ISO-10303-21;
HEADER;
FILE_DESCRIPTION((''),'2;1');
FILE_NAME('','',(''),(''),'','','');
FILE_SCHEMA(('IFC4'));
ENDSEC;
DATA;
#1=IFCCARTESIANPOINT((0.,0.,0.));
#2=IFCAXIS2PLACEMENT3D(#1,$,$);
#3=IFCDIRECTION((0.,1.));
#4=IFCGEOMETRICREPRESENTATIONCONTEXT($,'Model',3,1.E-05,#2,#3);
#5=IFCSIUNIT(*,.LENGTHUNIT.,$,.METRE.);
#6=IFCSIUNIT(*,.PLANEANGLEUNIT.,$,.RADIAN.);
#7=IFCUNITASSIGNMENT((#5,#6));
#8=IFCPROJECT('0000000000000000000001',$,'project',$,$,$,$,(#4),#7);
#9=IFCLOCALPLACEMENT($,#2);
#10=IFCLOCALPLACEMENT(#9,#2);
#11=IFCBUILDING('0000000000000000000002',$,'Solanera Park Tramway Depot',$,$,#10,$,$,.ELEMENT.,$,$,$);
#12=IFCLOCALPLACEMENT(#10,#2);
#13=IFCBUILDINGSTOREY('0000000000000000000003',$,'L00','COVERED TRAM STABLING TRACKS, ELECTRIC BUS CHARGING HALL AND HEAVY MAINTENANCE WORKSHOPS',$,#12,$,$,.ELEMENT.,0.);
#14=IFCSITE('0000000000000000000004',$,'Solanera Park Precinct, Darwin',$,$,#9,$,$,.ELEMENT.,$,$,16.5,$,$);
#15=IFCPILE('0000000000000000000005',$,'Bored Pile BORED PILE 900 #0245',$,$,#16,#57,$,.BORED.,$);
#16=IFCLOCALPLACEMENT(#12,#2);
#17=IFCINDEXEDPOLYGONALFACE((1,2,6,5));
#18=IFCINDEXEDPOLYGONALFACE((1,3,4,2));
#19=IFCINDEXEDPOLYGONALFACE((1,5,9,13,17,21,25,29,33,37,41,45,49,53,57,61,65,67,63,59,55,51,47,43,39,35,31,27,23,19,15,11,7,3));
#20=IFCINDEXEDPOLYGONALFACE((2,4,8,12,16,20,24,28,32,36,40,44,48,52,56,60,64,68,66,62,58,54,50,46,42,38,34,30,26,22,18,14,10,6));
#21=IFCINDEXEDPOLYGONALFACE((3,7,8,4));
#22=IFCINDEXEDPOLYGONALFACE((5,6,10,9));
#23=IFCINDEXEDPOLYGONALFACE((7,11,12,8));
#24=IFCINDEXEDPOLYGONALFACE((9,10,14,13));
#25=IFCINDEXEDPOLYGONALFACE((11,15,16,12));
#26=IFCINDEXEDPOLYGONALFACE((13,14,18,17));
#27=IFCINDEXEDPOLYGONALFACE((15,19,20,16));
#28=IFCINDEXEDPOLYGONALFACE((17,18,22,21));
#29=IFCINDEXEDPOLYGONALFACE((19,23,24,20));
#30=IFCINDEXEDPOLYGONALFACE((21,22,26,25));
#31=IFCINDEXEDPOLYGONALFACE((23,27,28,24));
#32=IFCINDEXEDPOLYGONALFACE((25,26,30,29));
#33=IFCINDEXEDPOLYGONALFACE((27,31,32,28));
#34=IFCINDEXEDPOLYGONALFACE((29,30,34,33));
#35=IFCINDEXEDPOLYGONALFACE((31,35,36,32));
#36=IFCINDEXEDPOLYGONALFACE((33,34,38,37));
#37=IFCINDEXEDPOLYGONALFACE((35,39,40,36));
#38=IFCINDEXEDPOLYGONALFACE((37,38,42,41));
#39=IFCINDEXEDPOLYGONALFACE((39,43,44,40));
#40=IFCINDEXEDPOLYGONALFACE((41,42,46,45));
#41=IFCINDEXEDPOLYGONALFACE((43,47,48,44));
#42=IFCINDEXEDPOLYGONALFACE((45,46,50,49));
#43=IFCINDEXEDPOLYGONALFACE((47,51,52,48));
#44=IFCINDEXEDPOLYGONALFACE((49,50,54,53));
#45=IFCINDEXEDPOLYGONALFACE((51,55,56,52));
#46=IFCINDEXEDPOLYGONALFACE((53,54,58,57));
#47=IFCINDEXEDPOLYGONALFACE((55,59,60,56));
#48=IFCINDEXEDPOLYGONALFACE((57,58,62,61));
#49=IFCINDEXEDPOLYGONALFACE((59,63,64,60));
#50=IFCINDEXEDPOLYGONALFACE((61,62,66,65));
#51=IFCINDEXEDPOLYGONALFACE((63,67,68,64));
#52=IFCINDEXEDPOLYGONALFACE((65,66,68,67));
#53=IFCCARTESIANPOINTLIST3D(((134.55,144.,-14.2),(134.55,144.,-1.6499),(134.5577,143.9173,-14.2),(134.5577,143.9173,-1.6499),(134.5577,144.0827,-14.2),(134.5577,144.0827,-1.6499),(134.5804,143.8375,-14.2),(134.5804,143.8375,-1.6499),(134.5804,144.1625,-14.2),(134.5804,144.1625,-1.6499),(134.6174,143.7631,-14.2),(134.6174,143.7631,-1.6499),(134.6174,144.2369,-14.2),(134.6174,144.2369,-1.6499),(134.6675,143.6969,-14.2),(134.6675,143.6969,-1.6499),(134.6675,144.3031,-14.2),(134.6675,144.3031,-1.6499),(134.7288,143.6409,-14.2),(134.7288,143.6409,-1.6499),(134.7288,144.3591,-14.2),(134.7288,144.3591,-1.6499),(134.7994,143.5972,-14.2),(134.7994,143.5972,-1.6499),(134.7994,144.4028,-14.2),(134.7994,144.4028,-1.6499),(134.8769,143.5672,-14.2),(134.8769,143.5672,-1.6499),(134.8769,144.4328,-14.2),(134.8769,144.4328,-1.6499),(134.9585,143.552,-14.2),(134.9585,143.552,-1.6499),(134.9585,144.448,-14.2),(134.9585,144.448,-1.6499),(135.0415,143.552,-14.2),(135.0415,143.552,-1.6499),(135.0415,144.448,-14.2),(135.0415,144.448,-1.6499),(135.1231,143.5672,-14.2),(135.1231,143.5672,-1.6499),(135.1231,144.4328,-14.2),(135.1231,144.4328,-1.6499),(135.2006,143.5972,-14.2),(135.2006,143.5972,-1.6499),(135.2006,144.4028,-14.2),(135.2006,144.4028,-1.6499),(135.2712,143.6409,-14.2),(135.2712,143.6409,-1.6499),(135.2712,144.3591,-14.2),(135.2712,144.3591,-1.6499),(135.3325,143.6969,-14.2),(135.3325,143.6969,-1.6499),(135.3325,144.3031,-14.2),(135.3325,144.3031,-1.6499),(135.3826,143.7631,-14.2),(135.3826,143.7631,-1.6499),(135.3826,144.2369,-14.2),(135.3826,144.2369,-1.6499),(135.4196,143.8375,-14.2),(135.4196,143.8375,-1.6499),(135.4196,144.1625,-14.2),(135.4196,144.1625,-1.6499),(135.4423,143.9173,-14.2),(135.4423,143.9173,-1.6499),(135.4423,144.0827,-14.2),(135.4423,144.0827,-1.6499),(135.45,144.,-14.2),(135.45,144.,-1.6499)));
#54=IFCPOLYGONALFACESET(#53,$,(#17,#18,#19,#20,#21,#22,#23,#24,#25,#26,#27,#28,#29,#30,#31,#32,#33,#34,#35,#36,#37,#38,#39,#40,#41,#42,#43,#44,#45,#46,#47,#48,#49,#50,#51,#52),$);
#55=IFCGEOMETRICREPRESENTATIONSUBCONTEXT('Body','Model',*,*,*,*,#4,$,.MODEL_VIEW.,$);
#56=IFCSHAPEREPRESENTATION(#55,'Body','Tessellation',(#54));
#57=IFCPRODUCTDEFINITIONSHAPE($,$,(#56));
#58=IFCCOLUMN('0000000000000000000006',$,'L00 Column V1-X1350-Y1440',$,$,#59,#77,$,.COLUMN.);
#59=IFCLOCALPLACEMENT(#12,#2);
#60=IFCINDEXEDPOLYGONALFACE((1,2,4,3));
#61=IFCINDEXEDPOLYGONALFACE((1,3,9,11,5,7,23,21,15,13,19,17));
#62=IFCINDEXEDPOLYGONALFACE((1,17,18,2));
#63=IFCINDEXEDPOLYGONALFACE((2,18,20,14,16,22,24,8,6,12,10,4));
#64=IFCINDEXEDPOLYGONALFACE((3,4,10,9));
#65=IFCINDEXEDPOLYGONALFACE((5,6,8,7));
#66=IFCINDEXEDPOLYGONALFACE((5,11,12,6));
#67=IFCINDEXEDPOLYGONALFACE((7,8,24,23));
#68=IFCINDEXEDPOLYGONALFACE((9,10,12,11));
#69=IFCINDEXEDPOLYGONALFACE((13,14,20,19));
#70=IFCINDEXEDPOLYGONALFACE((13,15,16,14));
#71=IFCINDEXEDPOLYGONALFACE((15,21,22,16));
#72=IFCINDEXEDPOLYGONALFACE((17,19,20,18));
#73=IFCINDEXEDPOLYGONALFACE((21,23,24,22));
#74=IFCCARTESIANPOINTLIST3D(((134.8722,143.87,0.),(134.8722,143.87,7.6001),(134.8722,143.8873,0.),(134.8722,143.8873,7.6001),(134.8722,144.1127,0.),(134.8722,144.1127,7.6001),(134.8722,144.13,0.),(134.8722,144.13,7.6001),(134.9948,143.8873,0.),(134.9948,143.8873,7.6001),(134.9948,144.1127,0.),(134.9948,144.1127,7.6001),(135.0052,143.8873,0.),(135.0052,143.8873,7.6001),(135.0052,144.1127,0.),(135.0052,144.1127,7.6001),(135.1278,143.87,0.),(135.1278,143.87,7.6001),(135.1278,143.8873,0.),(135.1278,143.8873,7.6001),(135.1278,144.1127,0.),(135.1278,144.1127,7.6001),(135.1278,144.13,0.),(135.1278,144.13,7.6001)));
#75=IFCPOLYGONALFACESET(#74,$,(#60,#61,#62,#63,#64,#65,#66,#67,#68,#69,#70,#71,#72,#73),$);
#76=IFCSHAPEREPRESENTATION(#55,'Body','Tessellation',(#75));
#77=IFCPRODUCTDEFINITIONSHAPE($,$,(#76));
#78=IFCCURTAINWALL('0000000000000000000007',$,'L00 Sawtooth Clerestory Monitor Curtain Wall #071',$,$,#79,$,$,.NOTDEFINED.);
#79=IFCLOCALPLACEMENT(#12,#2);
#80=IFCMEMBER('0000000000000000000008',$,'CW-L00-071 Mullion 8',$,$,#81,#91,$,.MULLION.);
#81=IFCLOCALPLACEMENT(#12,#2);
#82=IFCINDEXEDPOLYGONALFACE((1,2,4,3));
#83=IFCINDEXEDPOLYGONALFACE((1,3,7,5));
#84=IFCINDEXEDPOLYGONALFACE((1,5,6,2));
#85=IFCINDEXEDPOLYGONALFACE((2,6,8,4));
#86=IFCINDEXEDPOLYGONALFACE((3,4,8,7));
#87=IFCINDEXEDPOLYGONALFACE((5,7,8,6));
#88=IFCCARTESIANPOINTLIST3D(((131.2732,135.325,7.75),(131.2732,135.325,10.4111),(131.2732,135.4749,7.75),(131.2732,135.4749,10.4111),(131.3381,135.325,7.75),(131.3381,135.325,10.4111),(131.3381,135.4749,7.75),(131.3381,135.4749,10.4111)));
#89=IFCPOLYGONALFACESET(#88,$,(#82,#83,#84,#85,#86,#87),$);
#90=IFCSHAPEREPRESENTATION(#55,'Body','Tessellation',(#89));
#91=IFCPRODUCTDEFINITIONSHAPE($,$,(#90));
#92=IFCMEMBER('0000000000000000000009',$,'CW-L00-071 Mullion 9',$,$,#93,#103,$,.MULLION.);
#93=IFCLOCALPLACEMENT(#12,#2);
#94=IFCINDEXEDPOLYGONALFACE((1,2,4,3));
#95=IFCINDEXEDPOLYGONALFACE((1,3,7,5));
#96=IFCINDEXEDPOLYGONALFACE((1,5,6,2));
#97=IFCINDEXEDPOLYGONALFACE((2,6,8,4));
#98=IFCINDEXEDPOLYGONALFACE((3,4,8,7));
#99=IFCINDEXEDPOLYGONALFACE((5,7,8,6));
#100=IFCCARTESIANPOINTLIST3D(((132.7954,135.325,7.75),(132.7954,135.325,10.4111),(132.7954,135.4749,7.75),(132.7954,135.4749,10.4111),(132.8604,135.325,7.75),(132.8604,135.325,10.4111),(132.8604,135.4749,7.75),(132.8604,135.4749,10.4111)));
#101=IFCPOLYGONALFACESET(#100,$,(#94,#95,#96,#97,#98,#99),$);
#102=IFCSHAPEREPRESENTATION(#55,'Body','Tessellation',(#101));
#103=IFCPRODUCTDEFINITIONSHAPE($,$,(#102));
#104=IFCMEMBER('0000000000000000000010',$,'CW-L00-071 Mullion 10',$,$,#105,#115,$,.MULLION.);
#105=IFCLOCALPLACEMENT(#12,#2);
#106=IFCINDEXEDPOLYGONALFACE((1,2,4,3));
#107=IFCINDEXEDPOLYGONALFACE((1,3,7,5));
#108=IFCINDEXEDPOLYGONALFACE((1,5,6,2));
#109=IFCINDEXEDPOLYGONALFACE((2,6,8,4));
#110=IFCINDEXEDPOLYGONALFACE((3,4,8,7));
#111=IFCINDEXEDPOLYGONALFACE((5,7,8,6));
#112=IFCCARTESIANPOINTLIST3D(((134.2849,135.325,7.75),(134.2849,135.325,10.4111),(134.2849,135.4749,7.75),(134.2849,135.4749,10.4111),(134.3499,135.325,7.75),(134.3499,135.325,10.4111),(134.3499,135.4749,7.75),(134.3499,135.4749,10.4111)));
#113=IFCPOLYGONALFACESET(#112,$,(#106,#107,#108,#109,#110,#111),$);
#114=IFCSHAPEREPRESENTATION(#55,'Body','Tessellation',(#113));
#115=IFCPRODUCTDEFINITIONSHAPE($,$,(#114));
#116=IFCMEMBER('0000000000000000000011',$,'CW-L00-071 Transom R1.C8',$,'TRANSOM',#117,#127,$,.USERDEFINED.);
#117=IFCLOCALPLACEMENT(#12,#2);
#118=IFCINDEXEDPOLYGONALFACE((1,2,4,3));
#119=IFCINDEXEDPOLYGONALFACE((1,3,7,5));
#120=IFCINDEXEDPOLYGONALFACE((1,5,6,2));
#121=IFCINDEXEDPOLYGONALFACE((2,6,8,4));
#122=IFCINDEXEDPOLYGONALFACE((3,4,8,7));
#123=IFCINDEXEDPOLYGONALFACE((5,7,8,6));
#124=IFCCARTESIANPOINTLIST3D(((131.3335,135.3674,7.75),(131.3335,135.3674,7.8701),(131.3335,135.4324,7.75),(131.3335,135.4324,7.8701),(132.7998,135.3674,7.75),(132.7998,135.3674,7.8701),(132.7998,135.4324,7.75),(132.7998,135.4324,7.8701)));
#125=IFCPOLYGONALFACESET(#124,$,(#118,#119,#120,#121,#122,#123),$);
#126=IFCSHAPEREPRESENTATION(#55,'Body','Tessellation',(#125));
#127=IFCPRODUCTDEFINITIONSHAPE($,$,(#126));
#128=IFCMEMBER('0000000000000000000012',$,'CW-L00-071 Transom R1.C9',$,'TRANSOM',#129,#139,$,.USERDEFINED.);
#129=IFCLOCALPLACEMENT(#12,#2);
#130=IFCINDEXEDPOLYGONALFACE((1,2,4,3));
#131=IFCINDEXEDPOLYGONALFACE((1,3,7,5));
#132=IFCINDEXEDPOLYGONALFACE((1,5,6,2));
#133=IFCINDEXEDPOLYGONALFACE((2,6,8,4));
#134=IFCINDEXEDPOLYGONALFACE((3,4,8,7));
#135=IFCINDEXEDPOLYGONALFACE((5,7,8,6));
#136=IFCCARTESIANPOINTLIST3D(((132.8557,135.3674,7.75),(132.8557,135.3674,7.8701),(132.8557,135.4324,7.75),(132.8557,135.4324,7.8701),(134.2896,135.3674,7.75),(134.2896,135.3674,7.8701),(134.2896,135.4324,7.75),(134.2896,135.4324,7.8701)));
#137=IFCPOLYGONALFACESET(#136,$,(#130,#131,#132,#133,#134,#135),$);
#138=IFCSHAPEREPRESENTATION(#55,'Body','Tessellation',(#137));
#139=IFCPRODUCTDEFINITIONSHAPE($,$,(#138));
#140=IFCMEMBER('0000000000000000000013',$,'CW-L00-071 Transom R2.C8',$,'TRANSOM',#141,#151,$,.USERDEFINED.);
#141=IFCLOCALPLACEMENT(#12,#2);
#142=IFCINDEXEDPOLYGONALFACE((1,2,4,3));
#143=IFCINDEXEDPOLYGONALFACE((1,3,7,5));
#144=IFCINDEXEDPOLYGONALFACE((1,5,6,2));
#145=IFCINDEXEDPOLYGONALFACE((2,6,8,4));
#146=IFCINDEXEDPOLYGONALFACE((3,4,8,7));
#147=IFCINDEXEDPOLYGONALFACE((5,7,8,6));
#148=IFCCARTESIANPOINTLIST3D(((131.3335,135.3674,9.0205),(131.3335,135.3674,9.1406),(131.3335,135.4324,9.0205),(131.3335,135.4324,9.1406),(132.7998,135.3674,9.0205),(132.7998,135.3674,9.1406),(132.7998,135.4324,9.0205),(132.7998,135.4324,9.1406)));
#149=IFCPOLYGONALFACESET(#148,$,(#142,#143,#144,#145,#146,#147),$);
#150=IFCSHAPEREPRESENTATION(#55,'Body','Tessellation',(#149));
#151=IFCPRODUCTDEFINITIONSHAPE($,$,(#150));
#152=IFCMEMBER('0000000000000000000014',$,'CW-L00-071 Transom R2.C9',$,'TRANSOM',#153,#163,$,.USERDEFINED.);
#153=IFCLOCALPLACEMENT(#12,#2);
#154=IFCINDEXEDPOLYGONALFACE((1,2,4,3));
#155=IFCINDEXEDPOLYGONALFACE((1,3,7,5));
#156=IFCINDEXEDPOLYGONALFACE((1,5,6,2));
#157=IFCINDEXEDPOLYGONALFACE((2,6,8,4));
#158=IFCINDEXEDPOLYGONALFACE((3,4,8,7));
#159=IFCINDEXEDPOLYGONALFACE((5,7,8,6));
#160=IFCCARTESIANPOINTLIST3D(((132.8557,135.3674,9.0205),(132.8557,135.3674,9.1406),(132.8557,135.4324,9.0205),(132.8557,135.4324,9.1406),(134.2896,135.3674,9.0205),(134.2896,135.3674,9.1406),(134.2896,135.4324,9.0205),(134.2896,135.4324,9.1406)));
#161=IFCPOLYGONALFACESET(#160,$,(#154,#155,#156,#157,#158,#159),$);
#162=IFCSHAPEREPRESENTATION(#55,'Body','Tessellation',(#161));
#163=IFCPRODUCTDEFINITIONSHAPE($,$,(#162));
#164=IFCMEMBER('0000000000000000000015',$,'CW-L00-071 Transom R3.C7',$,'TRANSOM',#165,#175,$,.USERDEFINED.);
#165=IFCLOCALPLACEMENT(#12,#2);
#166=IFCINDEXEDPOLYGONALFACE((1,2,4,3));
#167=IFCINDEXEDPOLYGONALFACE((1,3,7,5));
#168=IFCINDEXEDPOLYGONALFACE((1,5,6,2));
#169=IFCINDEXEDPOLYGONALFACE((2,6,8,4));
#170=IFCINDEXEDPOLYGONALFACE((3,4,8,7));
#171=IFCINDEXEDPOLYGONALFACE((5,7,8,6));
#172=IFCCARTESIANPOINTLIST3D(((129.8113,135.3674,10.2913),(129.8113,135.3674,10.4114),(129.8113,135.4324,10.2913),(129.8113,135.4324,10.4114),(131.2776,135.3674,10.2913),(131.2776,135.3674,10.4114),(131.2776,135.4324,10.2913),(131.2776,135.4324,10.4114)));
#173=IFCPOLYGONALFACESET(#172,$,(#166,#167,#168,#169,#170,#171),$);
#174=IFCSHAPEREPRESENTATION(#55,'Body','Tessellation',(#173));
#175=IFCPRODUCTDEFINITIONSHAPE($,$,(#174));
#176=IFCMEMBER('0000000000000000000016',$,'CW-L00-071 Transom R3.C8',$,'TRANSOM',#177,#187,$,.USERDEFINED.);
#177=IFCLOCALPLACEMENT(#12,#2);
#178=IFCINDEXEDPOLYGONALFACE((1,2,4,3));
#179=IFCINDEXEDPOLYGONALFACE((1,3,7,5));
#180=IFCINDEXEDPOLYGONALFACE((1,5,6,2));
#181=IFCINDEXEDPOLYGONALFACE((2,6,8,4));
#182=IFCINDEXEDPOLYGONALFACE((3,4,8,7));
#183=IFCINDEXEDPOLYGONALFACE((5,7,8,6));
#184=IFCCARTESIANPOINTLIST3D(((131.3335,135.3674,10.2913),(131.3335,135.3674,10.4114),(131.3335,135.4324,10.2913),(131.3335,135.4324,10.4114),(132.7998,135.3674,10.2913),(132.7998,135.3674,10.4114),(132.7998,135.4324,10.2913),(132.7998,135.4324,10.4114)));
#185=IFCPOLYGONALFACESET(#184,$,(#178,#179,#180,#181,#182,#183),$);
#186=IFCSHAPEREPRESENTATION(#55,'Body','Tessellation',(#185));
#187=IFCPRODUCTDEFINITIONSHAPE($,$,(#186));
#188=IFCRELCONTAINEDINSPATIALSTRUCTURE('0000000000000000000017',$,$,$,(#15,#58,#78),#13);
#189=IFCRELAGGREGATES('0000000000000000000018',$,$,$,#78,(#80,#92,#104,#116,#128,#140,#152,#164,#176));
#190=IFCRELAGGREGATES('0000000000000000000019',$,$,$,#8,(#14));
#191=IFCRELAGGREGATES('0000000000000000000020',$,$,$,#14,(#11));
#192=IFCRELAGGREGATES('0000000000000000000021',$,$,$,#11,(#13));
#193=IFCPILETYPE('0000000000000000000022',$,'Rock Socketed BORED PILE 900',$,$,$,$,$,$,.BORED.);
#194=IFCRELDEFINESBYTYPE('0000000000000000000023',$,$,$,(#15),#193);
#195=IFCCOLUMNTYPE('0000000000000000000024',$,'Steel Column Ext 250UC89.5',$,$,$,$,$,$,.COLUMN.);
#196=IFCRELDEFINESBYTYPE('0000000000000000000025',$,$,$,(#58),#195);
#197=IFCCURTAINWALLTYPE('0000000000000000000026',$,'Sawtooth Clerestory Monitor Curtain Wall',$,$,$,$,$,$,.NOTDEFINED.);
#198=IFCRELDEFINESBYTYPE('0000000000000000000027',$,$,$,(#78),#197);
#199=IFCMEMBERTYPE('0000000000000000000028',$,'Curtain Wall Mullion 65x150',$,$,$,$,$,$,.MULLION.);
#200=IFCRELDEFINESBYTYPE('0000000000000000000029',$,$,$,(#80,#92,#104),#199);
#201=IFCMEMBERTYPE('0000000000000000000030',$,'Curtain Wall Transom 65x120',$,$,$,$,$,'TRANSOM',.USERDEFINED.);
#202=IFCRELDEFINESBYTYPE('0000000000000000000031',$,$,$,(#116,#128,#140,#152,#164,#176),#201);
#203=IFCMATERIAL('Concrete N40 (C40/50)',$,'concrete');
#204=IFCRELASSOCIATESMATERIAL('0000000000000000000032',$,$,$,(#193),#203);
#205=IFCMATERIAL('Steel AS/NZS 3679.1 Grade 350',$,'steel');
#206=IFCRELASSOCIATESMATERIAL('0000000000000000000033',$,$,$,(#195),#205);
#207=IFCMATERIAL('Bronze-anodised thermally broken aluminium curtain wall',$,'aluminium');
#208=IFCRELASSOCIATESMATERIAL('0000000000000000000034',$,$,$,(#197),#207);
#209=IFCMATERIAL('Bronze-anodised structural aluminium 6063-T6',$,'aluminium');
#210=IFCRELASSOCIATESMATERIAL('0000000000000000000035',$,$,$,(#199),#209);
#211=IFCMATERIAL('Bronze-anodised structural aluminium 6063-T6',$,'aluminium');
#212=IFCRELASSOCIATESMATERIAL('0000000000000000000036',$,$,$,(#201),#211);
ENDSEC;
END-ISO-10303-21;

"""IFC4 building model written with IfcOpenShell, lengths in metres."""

from ifc_helpers import new_model, si_unit, direction, frame, origin, origin_2d, place, context, subcontext, project, spatial, rectangle, circle, i_section, extrude, material, material_profile, profile_set, type_object, element, aggregate, save


model = new_model("IFC4")

# Units and contexts
model_context = context("Model", 3, precision=1e-05, world=origin(), true_north=direction((0.0, 1.0)))
body_context = subcontext(model_context, "Body", "Model", "MODEL_VIEW")
ifc_project = project(units=[si_unit("LENGTHUNIT", "METRE"), si_unit("PLANEANGLEUNIT", "RADIAN")], contexts=[model_context])

# Site, building, storey
site_placement = place(None, origin())
site = spatial("IfcSite", under=ifc_project, at=site_placement, Name="Solanera Park Precinct, Darwin", CompositionType="ELEMENT", RefElevation=16.5)
building_placement = place(site_placement, origin())
building = spatial("IfcBuilding", under=site, at=building_placement, Name="Solanera Park Tramway Depot", CompositionType="ELEMENT")
storey_placement = place(building_placement, origin())
storey = spatial("IfcBuildingStorey", under=building, at=storey_placement, Name="L00", Description="COVERED TRAM STABLING TRACKS, ELECTRIC BUS CHARGING HALL AND HEAVY MAINTENANCE WORKSHOPS", CompositionType="ELEMENT", Elevation=0.0)

# Pile
ifc_material_1 = material(Name="Concrete N40 (C40/50)", Category="concrete")
ifc_material_profile_1 = material_profile(ifc_material_1, circle(Radius=0.45, at=origin_2d()), Name="BORED PILE 900")
ifc_profile_set_1 = profile_set([ifc_material_profile_1], Name="Concrete N40 (C40/50)")
pile_type = type_object("IfcPileType", Name="Rock Socketed BORED PILE 900", PredefinedType="BORED", material=ifc_profile_set_1)
pile_placement = place(storey_placement, frame((135.0, 144.0, -1.6499), z_axis=(0.0, 0.0, -1.0), x_axis=(1.0, 0.0, 0.0)))
element("IfcPile", 1, at=pile_placement, inside=storey, type_object=pile_type, Name="Bored Pile BORED PILE 900 #0245", PredefinedType="BORED", context=body_context, shape_type="SweptSolid", body=[
    extrude(circle(Radius=0.45, at=origin_2d()), origin(), (0.0, 0.0, 1.0), 12.55),
])

# Column
ifc_material_2 = material(Name="Steel AS/NZS 3679.1 Grade 350", Category="steel")
ifc_material_profile_2 = material_profile(ifc_material_2, i_section(OverallWidth=0.2556, OverallDepth=0.26, WebThickness=0.0105, FlangeThickness=0.0173, at=origin_2d()), Name="250UC89.5")
ifc_profile_set_2 = profile_set([ifc_material_profile_2], Name="Steel AS/NZS 3679.1 Grade 350")
column_type = type_object("IfcColumnType", Name="Steel Column Ext 250UC89.5", PredefinedType="COLUMN", material=ifc_profile_set_2)
column_placement = place(storey_placement, frame((135.0, 144.0, 0.0), z_axis=(0.0, 0.0, 1.0), x_axis=(1.0, 0.0, 0.0)))
element("IfcColumn", 2, at=column_placement, inside=storey, type_object=column_type, Name="L00 Column V1-X1350-Y1440", PredefinedType="COLUMN", context=body_context, shape_type="SweptSolid", body=[
    extrude(i_section(OverallWidth=0.2556, OverallDepth=0.26, WebThickness=0.0105, FlangeThickness=0.0173, at=origin_2d()), origin(), (0.0, 0.0, 1.0), 7.6001),
])

# Curtain wall, members
ifc_material_3 = material(Name="Bronze-anodised thermally broken aluminium curtain wall", Category="aluminium")
curtain_wall_type = type_object("IfcCurtainWallType", Name="Sawtooth Clerestory Monitor Curtain Wall", PredefinedType="NOTDEFINED", material=ifc_material_3)
curtain_wall_placement = place(storey_placement, origin())
curtain_wall = element("IfcCurtainWall", 3, at=curtain_wall_placement, inside=storey, type_object=curtain_wall_type, Name="L00 Sawtooth Clerestory Monitor Curtain Wall #071", PredefinedType="NOTDEFINED")
ifc_material_4 = material(Name="Bronze-anodised structural aluminium 6063-T6", Category="aluminium")
ifc_material_profile_3 = material_profile(ifc_material_4, rectangle(XDim=0.0649, YDim=0.1499, at=origin_2d()), Name="Curtain Wall Mullion 65x150")
ifc_profile_set_3 = profile_set([ifc_material_profile_3], Name="Bronze-anodised structural aluminium 6063-T6")
member_type_1 = type_object("IfcMemberType", Name="Curtain Wall Mullion 65x150", PredefinedType="MULLION", material=ifc_profile_set_3)
member_1_placement = place(storey_placement, frame((131.3057, 135.3999, 7.75), z_axis=(0.0, 0.0, 1.0), x_axis=(1.0, 0.0, 0.0)))
member_1 = element("IfcMember", 4, at=member_1_placement, type_object=member_type_1, Name="CW-L00-071 Mullion 8", PredefinedType="MULLION", context=body_context, shape_type="SweptSolid", body=[
    extrude(rectangle(XDim=0.0649, YDim=0.1499, at=origin_2d()), origin(), (0.0, 0.0, 1.0), 2.6611),
])
member_2_placement = place(storey_placement, frame((132.8279, 135.3999, 7.75), z_axis=(0.0, 0.0, 1.0), x_axis=(1.0, 0.0, 0.0)))
member_2 = element("IfcMember", 5, at=member_2_placement, type_object=member_type_1, Name="CW-L00-071 Mullion 9", PredefinedType="MULLION", context=body_context, shape_type="SweptSolid", body=[
    extrude(rectangle(XDim=0.0649, YDim=0.1499, at=origin_2d()), origin(), (0.0, 0.0, 1.0), 2.6611),
])
member_3_placement = place(storey_placement, frame((134.3174, 135.3999, 7.75), z_axis=(0.0, 0.0, 1.0), x_axis=(1.0, 0.0, 0.0)))
member_3 = element("IfcMember", 6, at=member_3_placement, type_object=member_type_1, Name="CW-L00-071 Mullion 10", PredefinedType="MULLION", context=body_context, shape_type="SweptSolid", body=[
    extrude(rectangle(XDim=0.0649, YDim=0.1499, at=origin_2d()), origin(), (0.0, 0.0, 1.0), 2.6611),
])
ifc_material_5 = material(Name="Bronze-anodised structural aluminium 6063-T6", Category="aluminium")
ifc_material_profile_4 = material_profile(ifc_material_5, rectangle(XDim=0.0649, YDim=0.1201, at=origin_2d()), Name="Curtain Wall Transom 65x120")
ifc_profile_set_4 = profile_set([ifc_material_profile_4], Name="Bronze-anodised structural aluminium 6063-T6")
member_type_2 = type_object("IfcMemberType", Name="Curtain Wall Transom 65x120", ElementType="TRANSOM", PredefinedType="USERDEFINED", material=ifc_profile_set_4)
member_4_placement = place(storey_placement, frame((131.3335, 135.3999, 7.8101), z_axis=(1.0, 0.0, 0.0), x_axis=(0.0, 1.0, 0.0)))
member_4 = element("IfcMember", 7, at=member_4_placement, type_object=member_type_2, Name="CW-L00-071 Transom R1.C8", ObjectType="TRANSOM", PredefinedType="USERDEFINED", context=body_context, shape_type="SweptSolid", body=[
    extrude(rectangle(XDim=0.0649, YDim=0.1201, at=origin_2d()), origin(), (0.0, 0.0, 1.0), 1.4663),
])
member_5_placement = place(storey_placement, frame((132.8557, 135.3999, 7.8101), z_axis=(1.0, 0.0, 0.0), x_axis=(0.0, 1.0, 0.0)))
member_5 = element("IfcMember", 8, at=member_5_placement, type_object=member_type_2, Name="CW-L00-071 Transom R1.C9", ObjectType="TRANSOM", PredefinedType="USERDEFINED", context=body_context, shape_type="SweptSolid", body=[
    extrude(rectangle(XDim=0.0649, YDim=0.1201, at=origin_2d()), origin(), (0.0, 0.0, 1.0), 1.4338),
])
member_6_placement = place(storey_placement, frame((131.3335, 135.3999, 9.0806), z_axis=(1.0, 0.0, 0.0), x_axis=(0.0, 1.0, 0.0)))
member_6 = element("IfcMember", 9, at=member_6_placement, type_object=member_type_2, Name="CW-L00-071 Transom R2.C8", ObjectType="TRANSOM", PredefinedType="USERDEFINED", context=body_context, shape_type="SweptSolid", body=[
    extrude(rectangle(XDim=0.0649, YDim=0.1201, at=origin_2d()), origin(), (0.0, 0.0, 1.0), 1.4663),
])
member_7_placement = place(storey_placement, frame((132.8557, 135.3999, 9.0806), z_axis=(1.0, 0.0, 0.0), x_axis=(0.0, 1.0, 0.0)))
member_7 = element("IfcMember", 10, at=member_7_placement, type_object=member_type_2, Name="CW-L00-071 Transom R2.C9", ObjectType="TRANSOM", PredefinedType="USERDEFINED", context=body_context, shape_type="SweptSolid", body=[
    extrude(rectangle(XDim=0.0649, YDim=0.1201, at=origin_2d()), origin(), (0.0, 0.0, 1.0), 1.4338),
])
member_8_placement = place(storey_placement, frame((129.8113, 135.3999, 10.3513), z_axis=(1.0, 0.0, 0.0), x_axis=(0.0, 1.0, 0.0)))
member_8 = element("IfcMember", 11, at=member_8_placement, type_object=member_type_2, Name="CW-L00-071 Transom R3.C7", ObjectType="TRANSOM", PredefinedType="USERDEFINED", context=body_context, shape_type="SweptSolid", body=[
    extrude(rectangle(XDim=0.0649, YDim=0.1201, at=origin_2d()), origin(), (0.0, 0.0, 1.0), 1.4663),
])
member_9_placement = place(storey_placement, frame((131.3335, 135.3999, 10.3513), z_axis=(1.0, 0.0, 0.0), x_axis=(0.0, 1.0, 0.0)))
member_9 = element("IfcMember", 12, at=member_9_placement, type_object=member_type_2, Name="CW-L00-071 Transom R3.C8", ObjectType="TRANSOM", PredefinedType="USERDEFINED", context=body_context, shape_type="SweptSolid", body=[
    extrude(rectangle(XDim=0.0649, YDim=0.1201, at=origin_2d()), origin(), (0.0, 0.0, 1.0), 1.4663),
])

aggregate(curtain_wall, [member_1, member_2, member_3, member_4, member_5, member_6, member_7, member_8, member_9])

save(model, "model.ifc")
